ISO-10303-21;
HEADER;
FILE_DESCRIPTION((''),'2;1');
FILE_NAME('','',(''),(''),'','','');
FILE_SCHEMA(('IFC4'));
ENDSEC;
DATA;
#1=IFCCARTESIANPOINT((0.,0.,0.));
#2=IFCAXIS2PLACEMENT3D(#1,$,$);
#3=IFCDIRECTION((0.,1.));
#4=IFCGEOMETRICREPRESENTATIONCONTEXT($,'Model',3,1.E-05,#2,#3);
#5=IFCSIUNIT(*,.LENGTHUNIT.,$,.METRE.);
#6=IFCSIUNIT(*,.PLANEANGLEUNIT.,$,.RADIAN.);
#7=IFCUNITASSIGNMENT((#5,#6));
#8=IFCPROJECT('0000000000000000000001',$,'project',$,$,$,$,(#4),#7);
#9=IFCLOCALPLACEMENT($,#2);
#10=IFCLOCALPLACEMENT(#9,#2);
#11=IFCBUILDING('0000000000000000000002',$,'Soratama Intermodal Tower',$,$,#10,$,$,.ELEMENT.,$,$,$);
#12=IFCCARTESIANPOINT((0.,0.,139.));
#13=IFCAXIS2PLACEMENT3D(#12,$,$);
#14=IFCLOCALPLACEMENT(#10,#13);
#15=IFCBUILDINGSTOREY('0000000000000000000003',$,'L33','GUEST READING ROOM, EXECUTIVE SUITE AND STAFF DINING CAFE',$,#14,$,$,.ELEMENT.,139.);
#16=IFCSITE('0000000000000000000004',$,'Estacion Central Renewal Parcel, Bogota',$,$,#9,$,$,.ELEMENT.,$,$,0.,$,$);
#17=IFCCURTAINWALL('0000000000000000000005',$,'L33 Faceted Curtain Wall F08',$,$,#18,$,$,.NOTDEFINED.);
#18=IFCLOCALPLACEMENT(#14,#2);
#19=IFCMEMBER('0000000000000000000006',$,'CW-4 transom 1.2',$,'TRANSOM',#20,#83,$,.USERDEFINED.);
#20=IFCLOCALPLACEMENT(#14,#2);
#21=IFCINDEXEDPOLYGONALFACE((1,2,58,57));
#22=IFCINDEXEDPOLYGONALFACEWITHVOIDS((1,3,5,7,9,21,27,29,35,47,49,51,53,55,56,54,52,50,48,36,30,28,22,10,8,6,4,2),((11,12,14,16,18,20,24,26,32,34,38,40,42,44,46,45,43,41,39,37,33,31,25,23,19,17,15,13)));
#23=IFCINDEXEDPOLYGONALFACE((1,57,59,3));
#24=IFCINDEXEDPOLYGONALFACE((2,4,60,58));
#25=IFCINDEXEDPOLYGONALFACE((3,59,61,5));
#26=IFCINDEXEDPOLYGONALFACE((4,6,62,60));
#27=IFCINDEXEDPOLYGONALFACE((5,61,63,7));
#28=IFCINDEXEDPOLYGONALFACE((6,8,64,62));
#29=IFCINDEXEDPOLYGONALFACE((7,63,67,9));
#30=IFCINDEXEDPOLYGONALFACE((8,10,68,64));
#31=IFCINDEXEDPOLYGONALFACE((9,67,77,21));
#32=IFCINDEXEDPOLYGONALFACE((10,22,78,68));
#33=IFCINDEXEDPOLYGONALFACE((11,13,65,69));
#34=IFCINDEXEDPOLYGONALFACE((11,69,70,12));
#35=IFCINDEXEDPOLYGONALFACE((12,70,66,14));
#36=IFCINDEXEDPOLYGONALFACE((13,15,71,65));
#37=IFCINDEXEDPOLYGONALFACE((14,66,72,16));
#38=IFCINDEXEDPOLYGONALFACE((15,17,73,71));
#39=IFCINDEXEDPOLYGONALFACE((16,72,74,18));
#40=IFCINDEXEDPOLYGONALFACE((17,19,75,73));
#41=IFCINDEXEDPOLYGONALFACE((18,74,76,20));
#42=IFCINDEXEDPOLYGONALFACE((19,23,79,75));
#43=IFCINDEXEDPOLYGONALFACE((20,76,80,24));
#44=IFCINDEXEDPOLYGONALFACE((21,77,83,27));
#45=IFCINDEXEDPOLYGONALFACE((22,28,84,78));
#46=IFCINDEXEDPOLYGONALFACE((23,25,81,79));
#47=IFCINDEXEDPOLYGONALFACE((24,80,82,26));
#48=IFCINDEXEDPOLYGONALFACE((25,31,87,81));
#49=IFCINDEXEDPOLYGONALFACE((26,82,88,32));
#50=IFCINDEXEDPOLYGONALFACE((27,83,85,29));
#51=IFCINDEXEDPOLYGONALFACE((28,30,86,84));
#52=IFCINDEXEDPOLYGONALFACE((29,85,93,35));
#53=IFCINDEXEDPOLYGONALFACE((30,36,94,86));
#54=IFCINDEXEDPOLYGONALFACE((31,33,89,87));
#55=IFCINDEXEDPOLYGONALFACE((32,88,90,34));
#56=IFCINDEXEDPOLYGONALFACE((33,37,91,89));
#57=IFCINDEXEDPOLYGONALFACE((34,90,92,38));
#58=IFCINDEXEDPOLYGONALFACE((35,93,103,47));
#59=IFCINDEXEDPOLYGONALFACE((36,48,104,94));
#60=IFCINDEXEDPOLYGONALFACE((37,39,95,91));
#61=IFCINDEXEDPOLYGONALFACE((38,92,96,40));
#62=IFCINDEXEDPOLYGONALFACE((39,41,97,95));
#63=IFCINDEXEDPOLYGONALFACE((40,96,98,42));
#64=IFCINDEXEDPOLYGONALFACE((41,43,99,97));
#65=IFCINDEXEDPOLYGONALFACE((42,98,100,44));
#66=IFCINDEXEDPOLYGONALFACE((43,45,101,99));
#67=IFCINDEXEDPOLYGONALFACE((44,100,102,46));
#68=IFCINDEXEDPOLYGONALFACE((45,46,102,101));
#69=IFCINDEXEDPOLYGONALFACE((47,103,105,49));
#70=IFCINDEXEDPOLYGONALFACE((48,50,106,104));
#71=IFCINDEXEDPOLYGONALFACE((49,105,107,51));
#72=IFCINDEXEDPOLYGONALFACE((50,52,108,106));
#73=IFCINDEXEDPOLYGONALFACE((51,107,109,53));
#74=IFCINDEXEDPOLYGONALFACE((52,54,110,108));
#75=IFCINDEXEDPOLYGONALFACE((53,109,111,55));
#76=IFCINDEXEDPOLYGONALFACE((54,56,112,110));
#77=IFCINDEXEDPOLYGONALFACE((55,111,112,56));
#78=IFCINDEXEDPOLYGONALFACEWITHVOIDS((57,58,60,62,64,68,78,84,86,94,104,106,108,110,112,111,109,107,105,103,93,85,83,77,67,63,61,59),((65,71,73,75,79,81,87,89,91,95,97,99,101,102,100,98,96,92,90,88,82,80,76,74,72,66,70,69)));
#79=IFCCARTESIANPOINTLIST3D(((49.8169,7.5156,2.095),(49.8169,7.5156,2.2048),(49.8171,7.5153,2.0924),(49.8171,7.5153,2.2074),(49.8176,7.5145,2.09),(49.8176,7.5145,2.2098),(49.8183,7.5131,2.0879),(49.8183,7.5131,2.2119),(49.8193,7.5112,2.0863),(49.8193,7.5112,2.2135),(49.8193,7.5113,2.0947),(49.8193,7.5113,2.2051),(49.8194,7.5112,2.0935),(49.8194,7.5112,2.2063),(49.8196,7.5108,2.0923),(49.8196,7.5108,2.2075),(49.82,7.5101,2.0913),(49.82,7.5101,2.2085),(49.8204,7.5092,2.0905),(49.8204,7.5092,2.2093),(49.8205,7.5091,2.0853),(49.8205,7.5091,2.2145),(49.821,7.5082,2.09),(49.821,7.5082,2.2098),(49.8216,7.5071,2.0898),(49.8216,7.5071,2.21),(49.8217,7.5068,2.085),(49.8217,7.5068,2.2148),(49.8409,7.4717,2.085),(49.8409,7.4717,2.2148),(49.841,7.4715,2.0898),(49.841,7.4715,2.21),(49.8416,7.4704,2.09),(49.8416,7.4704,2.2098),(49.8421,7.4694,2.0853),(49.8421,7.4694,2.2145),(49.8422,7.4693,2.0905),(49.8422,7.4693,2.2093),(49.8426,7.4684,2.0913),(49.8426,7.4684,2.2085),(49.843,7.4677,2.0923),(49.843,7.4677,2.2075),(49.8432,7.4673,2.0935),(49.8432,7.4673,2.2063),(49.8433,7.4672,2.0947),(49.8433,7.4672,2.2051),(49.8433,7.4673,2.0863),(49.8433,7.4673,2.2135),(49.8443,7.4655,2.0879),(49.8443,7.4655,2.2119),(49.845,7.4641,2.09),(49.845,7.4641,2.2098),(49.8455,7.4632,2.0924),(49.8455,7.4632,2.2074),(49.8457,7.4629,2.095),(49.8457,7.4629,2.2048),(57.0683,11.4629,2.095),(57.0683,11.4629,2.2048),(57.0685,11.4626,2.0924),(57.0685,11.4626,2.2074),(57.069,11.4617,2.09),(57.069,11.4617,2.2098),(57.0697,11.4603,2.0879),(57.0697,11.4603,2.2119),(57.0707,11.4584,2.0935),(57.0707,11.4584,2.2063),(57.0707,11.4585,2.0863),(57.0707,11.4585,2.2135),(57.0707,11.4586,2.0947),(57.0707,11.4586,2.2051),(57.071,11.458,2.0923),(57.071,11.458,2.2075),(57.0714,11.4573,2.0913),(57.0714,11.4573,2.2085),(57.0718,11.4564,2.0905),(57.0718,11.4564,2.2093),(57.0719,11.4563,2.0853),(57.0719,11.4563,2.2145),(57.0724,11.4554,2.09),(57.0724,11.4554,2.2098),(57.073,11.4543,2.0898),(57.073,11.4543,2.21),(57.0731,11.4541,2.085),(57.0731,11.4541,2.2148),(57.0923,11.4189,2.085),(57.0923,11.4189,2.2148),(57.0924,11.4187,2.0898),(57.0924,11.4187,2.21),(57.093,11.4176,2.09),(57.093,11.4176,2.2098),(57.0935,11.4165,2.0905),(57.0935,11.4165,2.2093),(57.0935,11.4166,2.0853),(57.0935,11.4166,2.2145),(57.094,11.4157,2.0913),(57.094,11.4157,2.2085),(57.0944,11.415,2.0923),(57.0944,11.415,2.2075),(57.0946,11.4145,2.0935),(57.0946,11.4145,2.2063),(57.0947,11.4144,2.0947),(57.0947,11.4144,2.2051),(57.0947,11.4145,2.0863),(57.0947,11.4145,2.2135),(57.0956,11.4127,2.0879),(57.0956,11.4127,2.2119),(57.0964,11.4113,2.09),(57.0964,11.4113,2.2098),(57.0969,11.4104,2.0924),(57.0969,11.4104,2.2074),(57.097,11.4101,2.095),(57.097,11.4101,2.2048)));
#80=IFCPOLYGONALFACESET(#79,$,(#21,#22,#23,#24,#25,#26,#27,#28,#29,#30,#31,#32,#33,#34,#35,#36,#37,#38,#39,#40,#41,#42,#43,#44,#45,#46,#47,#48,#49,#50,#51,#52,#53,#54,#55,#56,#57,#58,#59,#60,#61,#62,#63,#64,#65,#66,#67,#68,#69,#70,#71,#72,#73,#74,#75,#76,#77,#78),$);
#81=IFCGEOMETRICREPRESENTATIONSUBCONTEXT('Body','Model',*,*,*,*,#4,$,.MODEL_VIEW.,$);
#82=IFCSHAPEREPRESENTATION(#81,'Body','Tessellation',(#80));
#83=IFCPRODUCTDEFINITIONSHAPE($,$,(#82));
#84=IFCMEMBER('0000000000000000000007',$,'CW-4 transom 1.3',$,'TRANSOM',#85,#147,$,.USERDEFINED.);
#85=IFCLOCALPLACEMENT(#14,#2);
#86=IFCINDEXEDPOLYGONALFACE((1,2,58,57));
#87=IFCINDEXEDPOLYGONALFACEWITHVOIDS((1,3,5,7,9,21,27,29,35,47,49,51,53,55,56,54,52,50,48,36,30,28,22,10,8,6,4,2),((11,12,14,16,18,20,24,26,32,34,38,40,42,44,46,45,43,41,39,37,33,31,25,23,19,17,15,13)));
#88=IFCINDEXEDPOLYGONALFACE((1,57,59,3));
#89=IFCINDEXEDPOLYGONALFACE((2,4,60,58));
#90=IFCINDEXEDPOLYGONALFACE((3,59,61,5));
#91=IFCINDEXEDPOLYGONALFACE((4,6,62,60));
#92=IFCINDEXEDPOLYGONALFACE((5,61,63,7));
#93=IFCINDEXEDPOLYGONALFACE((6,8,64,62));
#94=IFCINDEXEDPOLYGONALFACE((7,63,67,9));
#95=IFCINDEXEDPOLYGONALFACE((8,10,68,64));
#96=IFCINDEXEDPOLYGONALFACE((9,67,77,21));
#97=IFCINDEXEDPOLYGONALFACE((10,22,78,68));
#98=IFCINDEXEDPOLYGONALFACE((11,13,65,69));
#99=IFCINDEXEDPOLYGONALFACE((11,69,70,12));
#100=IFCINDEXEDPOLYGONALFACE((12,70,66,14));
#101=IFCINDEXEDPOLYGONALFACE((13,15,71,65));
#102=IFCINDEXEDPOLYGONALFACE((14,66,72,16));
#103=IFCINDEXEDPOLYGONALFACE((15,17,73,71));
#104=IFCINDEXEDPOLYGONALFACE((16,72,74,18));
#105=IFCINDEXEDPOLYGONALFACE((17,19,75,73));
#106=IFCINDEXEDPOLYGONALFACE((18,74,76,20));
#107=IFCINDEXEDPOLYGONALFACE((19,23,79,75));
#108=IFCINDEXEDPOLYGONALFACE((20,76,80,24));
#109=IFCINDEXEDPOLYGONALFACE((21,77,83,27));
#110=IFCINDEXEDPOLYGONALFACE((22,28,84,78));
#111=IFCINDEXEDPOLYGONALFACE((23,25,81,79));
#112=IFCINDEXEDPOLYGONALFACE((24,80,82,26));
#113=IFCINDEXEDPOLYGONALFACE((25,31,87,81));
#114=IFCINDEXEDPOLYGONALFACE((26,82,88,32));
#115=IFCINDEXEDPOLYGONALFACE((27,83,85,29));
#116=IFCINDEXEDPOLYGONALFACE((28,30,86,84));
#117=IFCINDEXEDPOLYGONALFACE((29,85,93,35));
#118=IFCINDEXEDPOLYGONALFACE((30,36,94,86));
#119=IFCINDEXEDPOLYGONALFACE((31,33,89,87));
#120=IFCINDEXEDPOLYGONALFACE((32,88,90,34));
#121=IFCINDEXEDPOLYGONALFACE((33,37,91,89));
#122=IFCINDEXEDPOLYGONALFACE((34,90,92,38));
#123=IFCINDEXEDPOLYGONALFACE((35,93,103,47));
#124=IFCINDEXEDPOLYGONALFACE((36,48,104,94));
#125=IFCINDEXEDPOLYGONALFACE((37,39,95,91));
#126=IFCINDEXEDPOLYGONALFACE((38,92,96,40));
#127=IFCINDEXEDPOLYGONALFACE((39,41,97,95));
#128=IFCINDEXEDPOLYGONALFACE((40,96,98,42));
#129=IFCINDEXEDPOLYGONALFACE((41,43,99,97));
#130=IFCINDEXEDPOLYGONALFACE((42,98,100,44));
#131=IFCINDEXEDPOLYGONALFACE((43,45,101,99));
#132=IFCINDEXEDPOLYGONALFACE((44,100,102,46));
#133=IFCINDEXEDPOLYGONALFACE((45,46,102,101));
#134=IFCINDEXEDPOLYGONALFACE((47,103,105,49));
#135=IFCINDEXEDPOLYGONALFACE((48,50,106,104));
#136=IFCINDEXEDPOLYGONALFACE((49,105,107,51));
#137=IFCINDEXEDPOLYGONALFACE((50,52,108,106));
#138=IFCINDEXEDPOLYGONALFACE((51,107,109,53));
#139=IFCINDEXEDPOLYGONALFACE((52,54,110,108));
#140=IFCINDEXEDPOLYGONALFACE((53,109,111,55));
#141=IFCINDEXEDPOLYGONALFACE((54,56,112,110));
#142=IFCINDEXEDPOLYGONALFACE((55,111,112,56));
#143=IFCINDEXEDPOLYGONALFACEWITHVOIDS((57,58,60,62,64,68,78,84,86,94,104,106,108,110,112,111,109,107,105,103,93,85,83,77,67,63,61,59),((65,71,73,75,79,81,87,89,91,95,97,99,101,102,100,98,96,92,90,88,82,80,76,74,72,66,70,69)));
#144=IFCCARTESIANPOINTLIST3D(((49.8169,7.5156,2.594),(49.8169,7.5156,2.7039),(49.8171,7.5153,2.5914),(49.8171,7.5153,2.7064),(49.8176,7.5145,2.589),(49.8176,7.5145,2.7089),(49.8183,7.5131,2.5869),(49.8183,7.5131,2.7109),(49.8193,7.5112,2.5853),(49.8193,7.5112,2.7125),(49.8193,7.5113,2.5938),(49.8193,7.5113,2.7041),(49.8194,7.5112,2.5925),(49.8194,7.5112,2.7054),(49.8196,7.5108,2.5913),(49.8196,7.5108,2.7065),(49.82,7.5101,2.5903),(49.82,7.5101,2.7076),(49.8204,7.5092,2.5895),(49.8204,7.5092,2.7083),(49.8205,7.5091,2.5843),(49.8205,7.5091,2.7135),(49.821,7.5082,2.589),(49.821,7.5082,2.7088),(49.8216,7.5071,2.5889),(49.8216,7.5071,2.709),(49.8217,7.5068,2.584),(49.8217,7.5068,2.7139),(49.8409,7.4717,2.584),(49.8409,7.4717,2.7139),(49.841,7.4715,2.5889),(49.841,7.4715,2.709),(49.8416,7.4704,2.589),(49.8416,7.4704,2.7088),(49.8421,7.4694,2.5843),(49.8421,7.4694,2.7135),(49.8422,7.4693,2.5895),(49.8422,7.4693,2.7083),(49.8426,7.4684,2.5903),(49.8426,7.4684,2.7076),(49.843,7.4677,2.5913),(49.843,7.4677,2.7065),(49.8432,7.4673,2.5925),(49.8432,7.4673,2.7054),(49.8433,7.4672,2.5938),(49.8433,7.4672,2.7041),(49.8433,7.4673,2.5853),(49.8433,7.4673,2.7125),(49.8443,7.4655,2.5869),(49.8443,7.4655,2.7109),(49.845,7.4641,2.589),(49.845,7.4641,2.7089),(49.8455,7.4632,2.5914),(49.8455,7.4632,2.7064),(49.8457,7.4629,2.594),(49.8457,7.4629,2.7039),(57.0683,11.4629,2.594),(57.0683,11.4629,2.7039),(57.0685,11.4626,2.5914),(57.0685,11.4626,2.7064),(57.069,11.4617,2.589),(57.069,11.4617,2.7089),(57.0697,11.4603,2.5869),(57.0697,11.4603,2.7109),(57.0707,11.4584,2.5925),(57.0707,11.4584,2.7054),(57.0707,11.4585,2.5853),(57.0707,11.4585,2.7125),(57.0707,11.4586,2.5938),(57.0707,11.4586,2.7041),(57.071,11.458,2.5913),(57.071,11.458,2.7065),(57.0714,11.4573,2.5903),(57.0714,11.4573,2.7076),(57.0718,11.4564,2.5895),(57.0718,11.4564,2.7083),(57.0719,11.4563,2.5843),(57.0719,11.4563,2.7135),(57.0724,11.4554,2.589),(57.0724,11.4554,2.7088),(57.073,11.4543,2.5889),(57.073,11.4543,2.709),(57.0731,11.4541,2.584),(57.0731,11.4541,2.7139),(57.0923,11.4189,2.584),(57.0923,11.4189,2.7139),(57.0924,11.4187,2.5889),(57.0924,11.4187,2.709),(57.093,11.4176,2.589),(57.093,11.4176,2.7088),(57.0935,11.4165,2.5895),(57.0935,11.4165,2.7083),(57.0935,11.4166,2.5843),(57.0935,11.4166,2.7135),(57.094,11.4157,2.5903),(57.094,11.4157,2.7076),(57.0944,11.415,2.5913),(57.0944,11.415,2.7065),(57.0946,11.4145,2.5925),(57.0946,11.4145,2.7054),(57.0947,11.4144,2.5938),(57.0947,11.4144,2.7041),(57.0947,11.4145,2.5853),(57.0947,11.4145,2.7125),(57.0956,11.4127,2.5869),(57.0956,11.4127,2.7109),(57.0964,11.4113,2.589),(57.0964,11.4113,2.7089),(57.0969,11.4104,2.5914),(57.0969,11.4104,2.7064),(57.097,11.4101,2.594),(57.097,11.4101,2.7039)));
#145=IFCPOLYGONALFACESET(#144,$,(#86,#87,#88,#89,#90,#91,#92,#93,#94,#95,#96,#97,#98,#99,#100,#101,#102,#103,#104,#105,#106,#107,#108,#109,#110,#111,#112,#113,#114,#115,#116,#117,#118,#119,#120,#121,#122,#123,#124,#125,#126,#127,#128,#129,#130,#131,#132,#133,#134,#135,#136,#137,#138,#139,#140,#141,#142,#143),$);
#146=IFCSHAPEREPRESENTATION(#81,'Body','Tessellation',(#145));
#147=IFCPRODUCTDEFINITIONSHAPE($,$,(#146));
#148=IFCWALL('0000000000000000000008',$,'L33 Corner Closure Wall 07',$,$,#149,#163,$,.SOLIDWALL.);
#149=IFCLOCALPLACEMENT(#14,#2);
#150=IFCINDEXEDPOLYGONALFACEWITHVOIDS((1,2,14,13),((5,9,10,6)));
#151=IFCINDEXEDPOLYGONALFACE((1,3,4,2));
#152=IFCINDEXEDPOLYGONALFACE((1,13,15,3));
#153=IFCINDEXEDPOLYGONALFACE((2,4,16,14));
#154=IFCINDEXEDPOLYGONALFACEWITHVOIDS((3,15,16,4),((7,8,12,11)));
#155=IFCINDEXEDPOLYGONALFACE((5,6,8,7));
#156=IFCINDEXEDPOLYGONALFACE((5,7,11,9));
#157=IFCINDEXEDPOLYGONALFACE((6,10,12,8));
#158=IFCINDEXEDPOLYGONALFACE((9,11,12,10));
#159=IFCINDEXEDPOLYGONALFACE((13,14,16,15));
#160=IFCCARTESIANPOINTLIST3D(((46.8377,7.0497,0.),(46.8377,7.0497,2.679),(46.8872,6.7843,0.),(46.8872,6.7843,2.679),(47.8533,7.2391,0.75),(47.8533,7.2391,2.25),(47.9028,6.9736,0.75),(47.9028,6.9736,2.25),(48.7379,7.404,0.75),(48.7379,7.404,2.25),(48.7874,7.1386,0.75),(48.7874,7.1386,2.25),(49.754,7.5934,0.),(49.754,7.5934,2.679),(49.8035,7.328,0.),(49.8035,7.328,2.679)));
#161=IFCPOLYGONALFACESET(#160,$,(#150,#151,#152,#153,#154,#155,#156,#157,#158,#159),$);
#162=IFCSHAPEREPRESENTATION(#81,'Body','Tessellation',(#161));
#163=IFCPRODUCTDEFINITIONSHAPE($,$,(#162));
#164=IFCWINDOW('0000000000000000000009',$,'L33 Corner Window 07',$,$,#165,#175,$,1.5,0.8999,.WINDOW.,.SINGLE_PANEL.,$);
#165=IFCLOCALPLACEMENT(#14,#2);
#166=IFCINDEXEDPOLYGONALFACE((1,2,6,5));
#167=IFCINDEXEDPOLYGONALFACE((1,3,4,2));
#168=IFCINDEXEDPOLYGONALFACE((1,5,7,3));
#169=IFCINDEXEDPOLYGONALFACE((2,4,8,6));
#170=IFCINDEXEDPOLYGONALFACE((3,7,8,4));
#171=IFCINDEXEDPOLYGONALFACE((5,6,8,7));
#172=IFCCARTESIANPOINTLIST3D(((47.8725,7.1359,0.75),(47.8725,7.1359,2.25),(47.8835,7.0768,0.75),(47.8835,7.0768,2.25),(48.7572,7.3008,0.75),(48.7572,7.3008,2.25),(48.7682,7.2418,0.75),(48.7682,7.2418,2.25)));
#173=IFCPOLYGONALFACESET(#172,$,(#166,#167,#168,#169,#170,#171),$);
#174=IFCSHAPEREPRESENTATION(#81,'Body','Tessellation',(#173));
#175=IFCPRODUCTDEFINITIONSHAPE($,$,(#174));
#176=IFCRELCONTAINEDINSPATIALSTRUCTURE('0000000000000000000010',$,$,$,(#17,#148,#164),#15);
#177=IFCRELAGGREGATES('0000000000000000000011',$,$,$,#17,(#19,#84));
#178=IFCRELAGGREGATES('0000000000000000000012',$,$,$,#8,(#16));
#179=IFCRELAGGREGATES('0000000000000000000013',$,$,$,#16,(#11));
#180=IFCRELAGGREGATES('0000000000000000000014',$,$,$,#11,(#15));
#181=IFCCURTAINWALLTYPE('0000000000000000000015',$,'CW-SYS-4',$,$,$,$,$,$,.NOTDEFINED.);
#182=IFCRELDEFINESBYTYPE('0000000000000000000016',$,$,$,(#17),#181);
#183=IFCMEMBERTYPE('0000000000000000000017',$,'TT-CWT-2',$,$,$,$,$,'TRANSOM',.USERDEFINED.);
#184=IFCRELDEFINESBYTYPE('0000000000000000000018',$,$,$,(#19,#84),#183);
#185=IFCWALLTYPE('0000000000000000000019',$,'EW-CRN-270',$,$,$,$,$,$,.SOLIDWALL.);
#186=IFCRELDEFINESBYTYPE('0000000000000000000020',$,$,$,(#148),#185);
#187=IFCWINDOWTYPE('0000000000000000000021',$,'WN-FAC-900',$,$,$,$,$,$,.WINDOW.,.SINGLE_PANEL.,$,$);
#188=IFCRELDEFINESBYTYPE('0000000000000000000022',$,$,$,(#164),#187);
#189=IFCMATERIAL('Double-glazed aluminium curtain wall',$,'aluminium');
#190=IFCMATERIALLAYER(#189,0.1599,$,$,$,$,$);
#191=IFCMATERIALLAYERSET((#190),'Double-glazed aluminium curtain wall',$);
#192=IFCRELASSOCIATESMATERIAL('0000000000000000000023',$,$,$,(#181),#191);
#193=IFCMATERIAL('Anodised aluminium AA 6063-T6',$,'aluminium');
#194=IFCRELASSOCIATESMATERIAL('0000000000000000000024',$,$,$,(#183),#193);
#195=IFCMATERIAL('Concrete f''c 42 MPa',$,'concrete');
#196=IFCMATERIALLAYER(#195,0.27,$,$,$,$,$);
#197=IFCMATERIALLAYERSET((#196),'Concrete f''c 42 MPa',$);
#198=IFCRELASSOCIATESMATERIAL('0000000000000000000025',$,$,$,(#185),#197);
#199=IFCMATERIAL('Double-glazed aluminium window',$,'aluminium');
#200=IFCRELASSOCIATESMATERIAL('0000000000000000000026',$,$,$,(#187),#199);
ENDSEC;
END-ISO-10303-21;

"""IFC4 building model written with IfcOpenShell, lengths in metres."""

from ifc_helpers import new_model, si_unit, direction, frame, frame_2d, origin, origin_2d, place, context, subcontext, project, spatial, rectangle, hollow_rectangle, extrude, material, layer, layer_set, material_profile, profile_set, type_object, element, fill, aggregate, save


model = new_model("IFC4")

# Units and contexts
model_context = context("Model", 3, precision=1e-05, world=origin(), true_north=direction((0.0, 1.0)))
body_context = subcontext(model_context, "Body", "Model", "MODEL_VIEW")
ifc_project = project(units=[si_unit("LENGTHUNIT", "METRE"), si_unit("PLANEANGLEUNIT", "RADIAN")], contexts=[model_context])

# Site, building, storey
site_placement = place(None, origin())
site = spatial("IfcSite", under=ifc_project, at=site_placement, Name="Estacion Central Renewal Parcel, Bogota", CompositionType="ELEMENT", RefElevation=0.0)
building_placement = place(site_placement, origin())
building = spatial("IfcBuilding", under=site, at=building_placement, Name="Soratama Intermodal Tower", CompositionType="ELEMENT")
storey_placement = place(building_placement, frame((0.0, 0.0, 139.0)))
storey = spatial("IfcBuildingStorey", under=building, at=storey_placement, Name="L33", Description="GUEST READING ROOM, EXECUTIVE SUITE AND STAFF DINING CAFE", CompositionType="ELEMENT", Elevation=139.0)

# Curtain wall, members
ifc_material_1 = material(Name="Double-glazed aluminium curtain wall", Category="aluminium")
ifc_layer_1 = layer(ifc_material_1, 0.1599)
ifc_layer_set_1 = layer_set([ifc_layer_1], Name="Double-glazed aluminium curtain wall")
curtain_wall_type = type_object("IfcCurtainWallType", Name="CW-SYS-4", PredefinedType="NOTDEFINED", material=ifc_layer_set_1)
curtain_wall_placement = place(storey_placement, origin())
curtain_wall = element("IfcCurtainWall", 1, at=curtain_wall_placement, inside=storey, type_object=curtain_wall_type, Name="L33 Faceted Curtain Wall F08", PredefinedType="NOTDEFINED")
ifc_material_2 = material(Name="Anodised aluminium AA 6063-T6", Category="aluminium")
ifc_material_profile_1 = material_profile(ifc_material_2, hollow_rectangle(XDim=0.0601, YDim=0.1299, WallThickness=0.0049, InnerFilletRadius=0.0049, OuterFilletRadius=0.01, at=origin_2d()), Name="CWT130X60X5")
ifc_profile_set_1 = profile_set([ifc_material_profile_1], Name="Anodised aluminium AA 6063-T6")
member_type_1 = type_object("IfcMemberType", Name="TT-CWT-2", ElementType="TRANSOM", PredefinedType="USERDEFINED", material=ifc_profile_set_1)
member_1_placement = place(storey_placement, frame((49.8313, 7.4893, 2.1499), z_axis=(0.878307, 0.478098, 0.0), x_axis=(-0.478098, 0.878307, 0.0)))
member_1 = element("IfcMember", 2, at=member_1_placement, type_object=member_type_1, Name="CW-4 transom 1.2", ObjectType="TRANSOM", PredefinedType="USERDEFINED", context=body_context, shape_type="SweptSolid", body=[
    extrude(hollow_rectangle(XDim=0.0601, YDim=0.1299, WallThickness=0.0049, InnerFilletRadius=0.0049, OuterFilletRadius=0.01, at=origin_2d()), origin(), (0.0, 0.0, 1.0), 8.2561),
])
member_2_placement = place(storey_placement, frame((49.8313, 7.4893, 2.6489), z_axis=(0.878307, 0.478098, 0.0), x_axis=(-0.478098, 0.878307, 0.0)))
member_2 = element("IfcMember", 3, at=member_2_placement, type_object=member_type_1, Name="CW-4 transom 1.3", ObjectType="TRANSOM", PredefinedType="USERDEFINED", context=body_context, shape_type="SweptSolid", body=[
    extrude(hollow_rectangle(XDim=0.0601, YDim=0.1299, WallThickness=0.0049, InnerFilletRadius=0.0049, OuterFilletRadius=0.01, at=origin_2d()), origin(), (0.0, 0.0, 1.0), 8.2561),
])
aggregate(curtain_wall, [member_1, member_2])

# Wall, opening, window
ifc_material_3 = material(Name="Concrete f'c 42 MPa", Category="concrete")
ifc_layer_2 = layer(ifc_material_3, 0.27)
ifc_layer_set_2 = layer_set([ifc_layer_2], Name="Concrete f'c 42 MPa")
wall_type_1 = type_object("IfcWallType", Name="EW-CRN-270", PredefinedType="SOLIDWALL", material=ifc_layer_set_2)
wall_1_placement = place(storey_placement, frame((46.8623, 6.917, 0.0), z_axis=(0.0, 0.0, 1.0), x_axis=(0.983061, 0.18328, 0.0)))
wall_1 = element("IfcWall", 4, at=wall_1_placement, inside=storey, type_object=wall_type_1, Name="L33 Corner Closure Wall 07", PredefinedType="SOLIDWALL", context=body_context, shape_type="SweptSolid", body=[
    extrude(rectangle(XDim=2.9666, YDim=0.27, at=frame_2d((1.4834, 0.0))), origin(), (0.0, 0.0, 1.0), 2.679),
])
opening_1_placement = place(wall_1_placement, frame((1.0332, 0.0, 0.75)))
opening_1 = element("IfcOpeningElement", 5, at=opening_1_placement, cuts=wall_1, PredefinedType="OPENING", context=body_context, shape_type="SweptSolid", body=[
    extrude(rectangle(XDim=0.8999, YDim=1.5, at=frame_2d((0.45, 0.75))), frame((0.0, 0.145, 0.0), z_axis=(0.0, -1.0, 0.0), x_axis=(1.0, 0.0, 0.0)), (0.0, 0.0, 1.0), 0.29),
])
ifc_material_4 = material(Name="Double-glazed aluminium window", Category="aluminium")
window_type = type_object("IfcWindowType", Name="WN-FAC-900", PartitioningType="SINGLE_PANEL", PredefinedType="WINDOW", material=ifc_material_4)
window_placement = place(opening_1_placement, origin())
window = element("IfcWindow", 6, at=window_placement, inside=storey, type_object=window_type, Name="L33 Corner Window 07", OverallHeight=1.5, OverallWidth=0.8999, PartitioningType="SINGLE_PANEL", PredefinedType="WINDOW", context=body_context, shape_type="SweptSolid", body=[
    extrude(rectangle(XDim=0.8999, YDim=1.5, at=frame_2d((0.45, 0.75))), frame((0.0, 0.03, 0.0), z_axis=(0.0, -1.0, 0.0), x_axis=(1.0, 0.0, 0.0)), (0.0, 0.0, 1.0), 0.0601),
])
fill(opening_1, window)

save(model, "model.ifc")
